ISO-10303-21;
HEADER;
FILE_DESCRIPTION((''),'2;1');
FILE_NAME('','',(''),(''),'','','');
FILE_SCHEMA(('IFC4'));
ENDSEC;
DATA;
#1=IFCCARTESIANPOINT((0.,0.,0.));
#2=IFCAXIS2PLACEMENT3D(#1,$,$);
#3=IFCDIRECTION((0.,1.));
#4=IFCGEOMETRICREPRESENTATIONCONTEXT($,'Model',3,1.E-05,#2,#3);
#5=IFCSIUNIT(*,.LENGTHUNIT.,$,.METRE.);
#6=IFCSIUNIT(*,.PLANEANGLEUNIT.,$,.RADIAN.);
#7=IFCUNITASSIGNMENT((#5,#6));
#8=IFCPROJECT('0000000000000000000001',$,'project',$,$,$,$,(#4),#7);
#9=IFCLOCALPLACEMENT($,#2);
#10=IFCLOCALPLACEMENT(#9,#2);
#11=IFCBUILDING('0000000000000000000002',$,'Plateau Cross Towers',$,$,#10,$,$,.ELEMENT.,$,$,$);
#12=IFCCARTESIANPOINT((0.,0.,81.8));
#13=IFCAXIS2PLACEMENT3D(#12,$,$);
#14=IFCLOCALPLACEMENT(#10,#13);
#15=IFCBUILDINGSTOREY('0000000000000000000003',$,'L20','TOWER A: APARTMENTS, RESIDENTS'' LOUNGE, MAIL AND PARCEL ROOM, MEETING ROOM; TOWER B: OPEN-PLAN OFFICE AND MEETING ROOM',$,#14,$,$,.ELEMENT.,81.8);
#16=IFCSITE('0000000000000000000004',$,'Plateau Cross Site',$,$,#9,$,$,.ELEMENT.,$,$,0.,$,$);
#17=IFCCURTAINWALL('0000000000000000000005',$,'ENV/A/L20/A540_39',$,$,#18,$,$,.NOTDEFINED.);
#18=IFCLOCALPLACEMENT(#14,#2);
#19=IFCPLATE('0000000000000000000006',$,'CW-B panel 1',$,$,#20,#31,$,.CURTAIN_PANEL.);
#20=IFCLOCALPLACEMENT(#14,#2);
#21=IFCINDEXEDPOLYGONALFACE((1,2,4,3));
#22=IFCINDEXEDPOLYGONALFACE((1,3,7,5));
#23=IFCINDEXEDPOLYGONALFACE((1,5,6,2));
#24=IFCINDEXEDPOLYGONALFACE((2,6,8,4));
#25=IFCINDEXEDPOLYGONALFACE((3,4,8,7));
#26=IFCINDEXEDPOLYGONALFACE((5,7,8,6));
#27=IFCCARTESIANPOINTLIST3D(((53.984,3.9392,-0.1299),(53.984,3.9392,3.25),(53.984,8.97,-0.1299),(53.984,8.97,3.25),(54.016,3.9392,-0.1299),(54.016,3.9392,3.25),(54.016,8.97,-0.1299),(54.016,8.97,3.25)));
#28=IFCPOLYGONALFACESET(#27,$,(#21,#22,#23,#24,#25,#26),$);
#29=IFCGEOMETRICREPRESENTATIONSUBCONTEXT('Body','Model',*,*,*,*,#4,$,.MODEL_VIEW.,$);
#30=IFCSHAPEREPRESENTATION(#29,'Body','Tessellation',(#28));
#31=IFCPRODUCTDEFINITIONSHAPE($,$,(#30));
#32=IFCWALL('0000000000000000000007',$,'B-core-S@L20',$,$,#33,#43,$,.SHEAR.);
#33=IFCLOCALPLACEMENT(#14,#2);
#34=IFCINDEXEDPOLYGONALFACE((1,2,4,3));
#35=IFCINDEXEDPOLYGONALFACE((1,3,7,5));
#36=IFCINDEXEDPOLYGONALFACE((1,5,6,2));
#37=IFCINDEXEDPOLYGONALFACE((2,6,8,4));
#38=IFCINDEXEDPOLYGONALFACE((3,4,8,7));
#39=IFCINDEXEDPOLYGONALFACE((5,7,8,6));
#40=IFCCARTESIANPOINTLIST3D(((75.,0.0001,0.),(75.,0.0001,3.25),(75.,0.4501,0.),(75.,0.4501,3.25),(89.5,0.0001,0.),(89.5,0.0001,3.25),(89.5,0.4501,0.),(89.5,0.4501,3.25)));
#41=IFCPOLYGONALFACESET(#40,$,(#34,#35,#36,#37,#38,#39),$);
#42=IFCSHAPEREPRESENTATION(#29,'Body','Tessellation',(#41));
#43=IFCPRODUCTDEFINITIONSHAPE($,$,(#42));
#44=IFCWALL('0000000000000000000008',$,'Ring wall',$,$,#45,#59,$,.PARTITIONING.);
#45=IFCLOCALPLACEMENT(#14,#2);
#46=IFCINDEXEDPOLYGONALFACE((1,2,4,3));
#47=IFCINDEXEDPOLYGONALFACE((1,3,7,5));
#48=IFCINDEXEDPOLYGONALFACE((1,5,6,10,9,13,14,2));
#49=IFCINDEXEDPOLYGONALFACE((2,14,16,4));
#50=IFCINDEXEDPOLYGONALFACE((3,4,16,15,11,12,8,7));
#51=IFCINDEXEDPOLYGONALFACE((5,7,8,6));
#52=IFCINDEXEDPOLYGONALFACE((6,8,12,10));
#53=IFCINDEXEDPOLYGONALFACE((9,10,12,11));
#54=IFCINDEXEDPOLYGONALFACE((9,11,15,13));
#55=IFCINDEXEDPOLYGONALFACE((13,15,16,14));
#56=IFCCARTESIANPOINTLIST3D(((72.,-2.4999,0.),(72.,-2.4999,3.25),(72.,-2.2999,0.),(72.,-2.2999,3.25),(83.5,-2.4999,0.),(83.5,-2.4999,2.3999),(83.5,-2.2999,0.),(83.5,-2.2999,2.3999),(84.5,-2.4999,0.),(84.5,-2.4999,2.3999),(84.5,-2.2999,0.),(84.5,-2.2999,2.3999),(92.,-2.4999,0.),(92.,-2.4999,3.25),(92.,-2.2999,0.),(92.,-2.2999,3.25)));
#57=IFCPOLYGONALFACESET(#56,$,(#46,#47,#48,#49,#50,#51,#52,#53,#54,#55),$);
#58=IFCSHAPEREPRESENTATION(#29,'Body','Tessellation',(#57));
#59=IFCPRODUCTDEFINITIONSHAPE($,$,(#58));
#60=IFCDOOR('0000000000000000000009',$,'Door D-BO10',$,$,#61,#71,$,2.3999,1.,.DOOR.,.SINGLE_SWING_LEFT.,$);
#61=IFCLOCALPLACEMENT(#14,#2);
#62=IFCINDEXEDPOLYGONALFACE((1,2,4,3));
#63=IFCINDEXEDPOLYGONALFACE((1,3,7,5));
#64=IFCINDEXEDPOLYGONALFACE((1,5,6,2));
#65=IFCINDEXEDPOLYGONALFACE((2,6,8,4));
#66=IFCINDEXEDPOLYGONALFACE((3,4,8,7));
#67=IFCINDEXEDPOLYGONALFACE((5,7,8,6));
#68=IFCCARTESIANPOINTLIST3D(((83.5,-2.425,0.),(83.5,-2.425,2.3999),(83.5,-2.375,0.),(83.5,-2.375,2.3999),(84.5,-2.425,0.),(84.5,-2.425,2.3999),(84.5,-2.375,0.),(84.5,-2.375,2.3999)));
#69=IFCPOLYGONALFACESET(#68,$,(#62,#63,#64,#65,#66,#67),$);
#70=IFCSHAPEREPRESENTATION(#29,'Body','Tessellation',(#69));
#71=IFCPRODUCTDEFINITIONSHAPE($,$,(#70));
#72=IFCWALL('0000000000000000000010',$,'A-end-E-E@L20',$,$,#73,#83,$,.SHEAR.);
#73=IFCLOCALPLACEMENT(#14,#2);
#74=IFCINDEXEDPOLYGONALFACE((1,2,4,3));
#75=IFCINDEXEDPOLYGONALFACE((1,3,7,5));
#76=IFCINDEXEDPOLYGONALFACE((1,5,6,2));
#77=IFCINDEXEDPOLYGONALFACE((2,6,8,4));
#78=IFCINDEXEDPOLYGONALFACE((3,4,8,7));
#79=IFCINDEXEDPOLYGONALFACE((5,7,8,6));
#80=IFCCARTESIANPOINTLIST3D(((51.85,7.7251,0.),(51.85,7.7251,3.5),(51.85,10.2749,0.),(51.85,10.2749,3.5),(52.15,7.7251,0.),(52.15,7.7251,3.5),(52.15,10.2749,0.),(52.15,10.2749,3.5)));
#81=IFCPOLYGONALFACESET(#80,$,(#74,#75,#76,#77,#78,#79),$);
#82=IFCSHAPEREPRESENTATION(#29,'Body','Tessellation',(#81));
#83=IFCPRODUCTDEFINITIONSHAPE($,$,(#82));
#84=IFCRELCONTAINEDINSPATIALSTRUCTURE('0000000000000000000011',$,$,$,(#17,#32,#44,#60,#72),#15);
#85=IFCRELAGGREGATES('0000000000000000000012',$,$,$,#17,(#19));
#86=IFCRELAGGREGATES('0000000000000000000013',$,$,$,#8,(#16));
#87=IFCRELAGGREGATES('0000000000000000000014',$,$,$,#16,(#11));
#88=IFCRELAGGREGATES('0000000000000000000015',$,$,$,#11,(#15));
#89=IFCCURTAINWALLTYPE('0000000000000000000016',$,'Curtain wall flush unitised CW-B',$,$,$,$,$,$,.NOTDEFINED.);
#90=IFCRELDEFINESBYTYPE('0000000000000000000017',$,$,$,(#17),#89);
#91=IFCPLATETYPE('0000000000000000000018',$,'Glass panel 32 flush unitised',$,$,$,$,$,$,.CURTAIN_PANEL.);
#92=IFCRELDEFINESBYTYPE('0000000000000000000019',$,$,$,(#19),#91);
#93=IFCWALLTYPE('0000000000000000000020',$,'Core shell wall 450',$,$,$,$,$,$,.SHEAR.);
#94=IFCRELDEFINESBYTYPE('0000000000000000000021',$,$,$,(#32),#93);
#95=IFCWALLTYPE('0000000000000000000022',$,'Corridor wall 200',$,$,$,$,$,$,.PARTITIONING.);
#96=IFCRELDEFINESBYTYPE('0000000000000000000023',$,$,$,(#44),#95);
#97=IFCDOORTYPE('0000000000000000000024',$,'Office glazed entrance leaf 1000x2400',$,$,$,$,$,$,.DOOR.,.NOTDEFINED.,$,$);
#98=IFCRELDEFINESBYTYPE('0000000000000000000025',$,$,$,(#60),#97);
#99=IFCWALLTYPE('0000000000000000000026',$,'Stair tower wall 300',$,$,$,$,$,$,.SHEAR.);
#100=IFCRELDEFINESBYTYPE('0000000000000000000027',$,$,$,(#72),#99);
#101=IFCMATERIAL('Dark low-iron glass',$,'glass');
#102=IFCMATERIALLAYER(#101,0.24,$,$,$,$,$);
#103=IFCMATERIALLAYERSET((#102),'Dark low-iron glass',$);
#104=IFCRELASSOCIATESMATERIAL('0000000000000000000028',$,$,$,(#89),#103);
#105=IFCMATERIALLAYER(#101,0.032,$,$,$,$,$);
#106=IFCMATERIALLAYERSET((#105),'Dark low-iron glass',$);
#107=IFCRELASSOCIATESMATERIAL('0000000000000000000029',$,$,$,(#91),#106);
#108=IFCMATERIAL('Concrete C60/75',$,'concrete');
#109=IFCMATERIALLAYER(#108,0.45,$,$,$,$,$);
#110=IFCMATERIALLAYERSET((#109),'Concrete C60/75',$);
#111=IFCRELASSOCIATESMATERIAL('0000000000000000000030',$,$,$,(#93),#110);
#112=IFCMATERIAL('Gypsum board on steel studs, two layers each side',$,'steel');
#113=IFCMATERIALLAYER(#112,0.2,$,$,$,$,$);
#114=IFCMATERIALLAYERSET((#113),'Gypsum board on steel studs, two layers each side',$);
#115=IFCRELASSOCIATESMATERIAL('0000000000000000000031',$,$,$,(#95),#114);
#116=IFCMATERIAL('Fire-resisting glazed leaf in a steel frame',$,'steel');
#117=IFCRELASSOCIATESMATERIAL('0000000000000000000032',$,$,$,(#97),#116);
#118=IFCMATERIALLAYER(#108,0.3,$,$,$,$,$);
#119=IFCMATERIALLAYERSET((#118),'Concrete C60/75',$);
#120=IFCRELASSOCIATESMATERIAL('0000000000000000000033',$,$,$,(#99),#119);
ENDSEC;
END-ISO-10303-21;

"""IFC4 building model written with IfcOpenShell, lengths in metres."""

from ifc_helpers import new_model, si_unit, direction, frame, frame_2d, origin, origin_2d, place, context, subcontext, project, spatial, rectangle, extrude, material, layer, layer_set, type_object, element, fill, aggregate, save


model = new_model("IFC4")

# Units and contexts
model_context = context("Model", 3, precision=1e-05, world=origin(), true_north=direction((0.0, 1.0)))
body_context = subcontext(model_context, "Body", "Model", "MODEL_VIEW")
ifc_project = project(units=[si_unit("LENGTHUNIT", "METRE"), si_unit("PLANEANGLEUNIT", "RADIAN")], contexts=[model_context])

# Site, building, storey
site_placement = place(None, origin())
site = spatial("IfcSite", under=ifc_project, at=site_placement, Name="Plateau Cross Site", CompositionType="ELEMENT", RefElevation=0.0)
building_placement = place(site_placement, origin())
building = spatial("IfcBuilding", under=site, at=building_placement, Name="Plateau Cross Towers", CompositionType="ELEMENT")
storey_placement = place(building_placement, frame((0.0, 0.0, 81.8)))
storey = spatial("IfcBuildingStorey", under=building, at=storey_placement, Name="L20", Description="TOWER A: APARTMENTS, RESIDENTS' LOUNGE, MAIL AND PARCEL ROOM, MEETING ROOM; TOWER B: OPEN-PLAN OFFICE AND MEETING ROOM", CompositionType="ELEMENT", Elevation=81.8)

# Shared definitions
ifc_material_1 = material(Name="Concrete C60/75", Category="concrete")

# Shared definitions
ifc_material_2 = material(Name="Dark low-iron glass", Category="glass")
ifc_layer_1 = layer(ifc_material_2, 0.24)
ifc_layer_set_1 = layer_set([ifc_layer_1], Name="Dark low-iron glass")
curtain_wall_type_1 = type_object("IfcCurtainWallType", Name="Curtain wall flush unitised CW-B", PredefinedType="NOTDEFINED", material=ifc_layer_set_1)

# Curtain wall
curtain_wall_1_placement = place(storey_placement, origin())
curtain_wall_1 = element("IfcCurtainWall", 1, at=curtain_wall_1_placement, inside=storey, type_object=curtain_wall_type_1, Name="ENV/A/L20/A540_39", PredefinedType="NOTDEFINED")

# Plate
ifc_layer_2 = layer(ifc_material_2, 0.032)
ifc_layer_set_2 = layer_set([ifc_layer_2], Name="Dark low-iron glass")
plate_type_1 = type_object("IfcPlateType", Name="Glass panel 32 flush unitised", PredefinedType="CURTAIN_PANEL", material=ifc_layer_set_2)
plate_1_placement = place(storey_placement, frame((54.0, 6.4546, -0.1299), z_axis=(0.0, 0.0, 1.0), x_axis=(0.0, 1.0, 0.0)))
plate_1 = element("IfcPlate", 2, at=plate_1_placement, type_object=plate_type_1, Name="CW-B panel 1", PredefinedType="CURTAIN_PANEL", context=body_context, shape_type="SweptSolid", body=[
    extrude(rectangle(XDim=5.0308, YDim=0.032, at=origin_2d()), origin(), (0.0, 0.0, 1.0), 3.3799),
])
aggregate(curtain_wall_1, [plate_1])

# Wall
ifc_layer_3 = layer(ifc_material_1, 0.45)
ifc_layer_set_3 = layer_set([ifc_layer_3], Name="Concrete C60/75")
wall_type_1 = type_object("IfcWallType", Name="Core shell wall 450", PredefinedType="SHEAR", material=ifc_layer_set_3)
wall_1_placement = place(storey_placement, frame((75.0, 0.2251, 0.0), z_axis=(0.0, 0.0, 1.0), x_axis=(1.0, 0.0, 0.0)))
element("IfcWall", 3, at=wall_1_placement, inside=storey, type_object=wall_type_1, Name="B-core-S@L20", PredefinedType="SHEAR", context=body_context, shape_type="SweptSolid", body=[
    extrude(rectangle(XDim=14.5, YDim=0.45, at=frame_2d((7.25, 0.0))), origin(), (0.0, 0.0, 1.0), 3.25),
])

# Wall, opening, door
ifc_material_3 = material(Name="Gypsum board on steel studs, two layers each side", Category="steel")
ifc_layer_4 = layer(ifc_material_3, 0.2)
ifc_layer_set_4 = layer_set([ifc_layer_4], Name="Gypsum board on steel studs, two layers each side")
wall_type_2 = type_object("IfcWallType", Name="Corridor wall 200", PredefinedType="PARTITIONING", material=ifc_layer_set_4)
wall_2_placement = place(storey_placement, frame((72.0, -2.3999, 0.0), z_axis=(0.0, 0.0, 1.0), x_axis=(1.0, 0.0, 0.0)))
wall_2 = element("IfcWall", 4, at=wall_2_placement, inside=storey, type_object=wall_type_2, Name="Ring wall", PredefinedType="PARTITIONING", context=body_context, shape_type="SweptSolid", body=[
    extrude(rectangle(XDim=20.0, YDim=0.2, at=frame_2d((10.0, 0.0))), origin(), (0.0, 0.0, 1.0), 3.25),
])
opening_placement = place(wall_2_placement, frame((11.5, 0.0, 0.0)))
opening = element("IfcOpeningElement", 5, at=opening_placement, cuts=wall_2, PredefinedType="OPENING", context=body_context, shape_type="SweptSolid", body=[
    extrude(rectangle(XDim=1.0, YDim=2.3999, at=frame_2d((0.5, 1.2))), frame((0.0, 0.1099, 0.0), z_axis=(0.0, -1.0, 0.0), x_axis=(1.0, 0.0, 0.0)), (0.0, 0.0, 1.0), 0.22),
])
ifc_material_4 = material(Name="Fire-resisting glazed leaf in a steel frame", Category="steel")
door_type = type_object("IfcDoorType", Name="Office glazed entrance leaf 1000x2400", OperationType="NOTDEFINED", PredefinedType="DOOR", material=ifc_material_4)
door_placement = place(opening_placement, origin())
door = element("IfcDoor", 6, at=door_placement, inside=storey, type_object=door_type, Name="Door D-BO10", OperationType="SINGLE_SWING_LEFT", OverallHeight=2.3999, OverallWidth=1.0, PredefinedType="DOOR", context=body_context, shape_type="SweptSolid", body=[
    extrude(rectangle(XDim=1.0, YDim=2.3999, at=frame_2d((0.5, 1.2))), frame((0.0, 0.0249, 0.0), z_axis=(0.0, -1.0, 0.0), x_axis=(1.0, 0.0, 0.0)), (0.0, 0.0, 1.0), 0.05),
])
fill(opening, door)

# Wall
ifc_layer_5 = layer(ifc_material_1, 0.3)
ifc_layer_set_5 = layer_set([ifc_layer_5], Name="Concrete C60/75")
wall_type_3 = type_object("IfcWallType", Name="Stair tower wall 300", PredefinedType="SHEAR", material=ifc_layer_set_5)
wall_3_placement = place(storey_placement, frame((52.0, 7.7251, 0.0), z_axis=(0.0, 0.0, 1.0), x_axis=(0.0, 1.0, 0.0)))
element("IfcWall", 7, at=wall_3_placement, inside=storey, type_object=wall_type_3, Name="A-end-E-E@L20", PredefinedType="SHEAR", context=body_context, shape_type="SweptSolid", body=[
    extrude(rectangle(XDim=2.5498, YDim=0.3, at=frame_2d((1.2749, 0.0))), origin(), (0.0, 0.0, 1.0), 3.5),
])

save(model, "model.ifc")
